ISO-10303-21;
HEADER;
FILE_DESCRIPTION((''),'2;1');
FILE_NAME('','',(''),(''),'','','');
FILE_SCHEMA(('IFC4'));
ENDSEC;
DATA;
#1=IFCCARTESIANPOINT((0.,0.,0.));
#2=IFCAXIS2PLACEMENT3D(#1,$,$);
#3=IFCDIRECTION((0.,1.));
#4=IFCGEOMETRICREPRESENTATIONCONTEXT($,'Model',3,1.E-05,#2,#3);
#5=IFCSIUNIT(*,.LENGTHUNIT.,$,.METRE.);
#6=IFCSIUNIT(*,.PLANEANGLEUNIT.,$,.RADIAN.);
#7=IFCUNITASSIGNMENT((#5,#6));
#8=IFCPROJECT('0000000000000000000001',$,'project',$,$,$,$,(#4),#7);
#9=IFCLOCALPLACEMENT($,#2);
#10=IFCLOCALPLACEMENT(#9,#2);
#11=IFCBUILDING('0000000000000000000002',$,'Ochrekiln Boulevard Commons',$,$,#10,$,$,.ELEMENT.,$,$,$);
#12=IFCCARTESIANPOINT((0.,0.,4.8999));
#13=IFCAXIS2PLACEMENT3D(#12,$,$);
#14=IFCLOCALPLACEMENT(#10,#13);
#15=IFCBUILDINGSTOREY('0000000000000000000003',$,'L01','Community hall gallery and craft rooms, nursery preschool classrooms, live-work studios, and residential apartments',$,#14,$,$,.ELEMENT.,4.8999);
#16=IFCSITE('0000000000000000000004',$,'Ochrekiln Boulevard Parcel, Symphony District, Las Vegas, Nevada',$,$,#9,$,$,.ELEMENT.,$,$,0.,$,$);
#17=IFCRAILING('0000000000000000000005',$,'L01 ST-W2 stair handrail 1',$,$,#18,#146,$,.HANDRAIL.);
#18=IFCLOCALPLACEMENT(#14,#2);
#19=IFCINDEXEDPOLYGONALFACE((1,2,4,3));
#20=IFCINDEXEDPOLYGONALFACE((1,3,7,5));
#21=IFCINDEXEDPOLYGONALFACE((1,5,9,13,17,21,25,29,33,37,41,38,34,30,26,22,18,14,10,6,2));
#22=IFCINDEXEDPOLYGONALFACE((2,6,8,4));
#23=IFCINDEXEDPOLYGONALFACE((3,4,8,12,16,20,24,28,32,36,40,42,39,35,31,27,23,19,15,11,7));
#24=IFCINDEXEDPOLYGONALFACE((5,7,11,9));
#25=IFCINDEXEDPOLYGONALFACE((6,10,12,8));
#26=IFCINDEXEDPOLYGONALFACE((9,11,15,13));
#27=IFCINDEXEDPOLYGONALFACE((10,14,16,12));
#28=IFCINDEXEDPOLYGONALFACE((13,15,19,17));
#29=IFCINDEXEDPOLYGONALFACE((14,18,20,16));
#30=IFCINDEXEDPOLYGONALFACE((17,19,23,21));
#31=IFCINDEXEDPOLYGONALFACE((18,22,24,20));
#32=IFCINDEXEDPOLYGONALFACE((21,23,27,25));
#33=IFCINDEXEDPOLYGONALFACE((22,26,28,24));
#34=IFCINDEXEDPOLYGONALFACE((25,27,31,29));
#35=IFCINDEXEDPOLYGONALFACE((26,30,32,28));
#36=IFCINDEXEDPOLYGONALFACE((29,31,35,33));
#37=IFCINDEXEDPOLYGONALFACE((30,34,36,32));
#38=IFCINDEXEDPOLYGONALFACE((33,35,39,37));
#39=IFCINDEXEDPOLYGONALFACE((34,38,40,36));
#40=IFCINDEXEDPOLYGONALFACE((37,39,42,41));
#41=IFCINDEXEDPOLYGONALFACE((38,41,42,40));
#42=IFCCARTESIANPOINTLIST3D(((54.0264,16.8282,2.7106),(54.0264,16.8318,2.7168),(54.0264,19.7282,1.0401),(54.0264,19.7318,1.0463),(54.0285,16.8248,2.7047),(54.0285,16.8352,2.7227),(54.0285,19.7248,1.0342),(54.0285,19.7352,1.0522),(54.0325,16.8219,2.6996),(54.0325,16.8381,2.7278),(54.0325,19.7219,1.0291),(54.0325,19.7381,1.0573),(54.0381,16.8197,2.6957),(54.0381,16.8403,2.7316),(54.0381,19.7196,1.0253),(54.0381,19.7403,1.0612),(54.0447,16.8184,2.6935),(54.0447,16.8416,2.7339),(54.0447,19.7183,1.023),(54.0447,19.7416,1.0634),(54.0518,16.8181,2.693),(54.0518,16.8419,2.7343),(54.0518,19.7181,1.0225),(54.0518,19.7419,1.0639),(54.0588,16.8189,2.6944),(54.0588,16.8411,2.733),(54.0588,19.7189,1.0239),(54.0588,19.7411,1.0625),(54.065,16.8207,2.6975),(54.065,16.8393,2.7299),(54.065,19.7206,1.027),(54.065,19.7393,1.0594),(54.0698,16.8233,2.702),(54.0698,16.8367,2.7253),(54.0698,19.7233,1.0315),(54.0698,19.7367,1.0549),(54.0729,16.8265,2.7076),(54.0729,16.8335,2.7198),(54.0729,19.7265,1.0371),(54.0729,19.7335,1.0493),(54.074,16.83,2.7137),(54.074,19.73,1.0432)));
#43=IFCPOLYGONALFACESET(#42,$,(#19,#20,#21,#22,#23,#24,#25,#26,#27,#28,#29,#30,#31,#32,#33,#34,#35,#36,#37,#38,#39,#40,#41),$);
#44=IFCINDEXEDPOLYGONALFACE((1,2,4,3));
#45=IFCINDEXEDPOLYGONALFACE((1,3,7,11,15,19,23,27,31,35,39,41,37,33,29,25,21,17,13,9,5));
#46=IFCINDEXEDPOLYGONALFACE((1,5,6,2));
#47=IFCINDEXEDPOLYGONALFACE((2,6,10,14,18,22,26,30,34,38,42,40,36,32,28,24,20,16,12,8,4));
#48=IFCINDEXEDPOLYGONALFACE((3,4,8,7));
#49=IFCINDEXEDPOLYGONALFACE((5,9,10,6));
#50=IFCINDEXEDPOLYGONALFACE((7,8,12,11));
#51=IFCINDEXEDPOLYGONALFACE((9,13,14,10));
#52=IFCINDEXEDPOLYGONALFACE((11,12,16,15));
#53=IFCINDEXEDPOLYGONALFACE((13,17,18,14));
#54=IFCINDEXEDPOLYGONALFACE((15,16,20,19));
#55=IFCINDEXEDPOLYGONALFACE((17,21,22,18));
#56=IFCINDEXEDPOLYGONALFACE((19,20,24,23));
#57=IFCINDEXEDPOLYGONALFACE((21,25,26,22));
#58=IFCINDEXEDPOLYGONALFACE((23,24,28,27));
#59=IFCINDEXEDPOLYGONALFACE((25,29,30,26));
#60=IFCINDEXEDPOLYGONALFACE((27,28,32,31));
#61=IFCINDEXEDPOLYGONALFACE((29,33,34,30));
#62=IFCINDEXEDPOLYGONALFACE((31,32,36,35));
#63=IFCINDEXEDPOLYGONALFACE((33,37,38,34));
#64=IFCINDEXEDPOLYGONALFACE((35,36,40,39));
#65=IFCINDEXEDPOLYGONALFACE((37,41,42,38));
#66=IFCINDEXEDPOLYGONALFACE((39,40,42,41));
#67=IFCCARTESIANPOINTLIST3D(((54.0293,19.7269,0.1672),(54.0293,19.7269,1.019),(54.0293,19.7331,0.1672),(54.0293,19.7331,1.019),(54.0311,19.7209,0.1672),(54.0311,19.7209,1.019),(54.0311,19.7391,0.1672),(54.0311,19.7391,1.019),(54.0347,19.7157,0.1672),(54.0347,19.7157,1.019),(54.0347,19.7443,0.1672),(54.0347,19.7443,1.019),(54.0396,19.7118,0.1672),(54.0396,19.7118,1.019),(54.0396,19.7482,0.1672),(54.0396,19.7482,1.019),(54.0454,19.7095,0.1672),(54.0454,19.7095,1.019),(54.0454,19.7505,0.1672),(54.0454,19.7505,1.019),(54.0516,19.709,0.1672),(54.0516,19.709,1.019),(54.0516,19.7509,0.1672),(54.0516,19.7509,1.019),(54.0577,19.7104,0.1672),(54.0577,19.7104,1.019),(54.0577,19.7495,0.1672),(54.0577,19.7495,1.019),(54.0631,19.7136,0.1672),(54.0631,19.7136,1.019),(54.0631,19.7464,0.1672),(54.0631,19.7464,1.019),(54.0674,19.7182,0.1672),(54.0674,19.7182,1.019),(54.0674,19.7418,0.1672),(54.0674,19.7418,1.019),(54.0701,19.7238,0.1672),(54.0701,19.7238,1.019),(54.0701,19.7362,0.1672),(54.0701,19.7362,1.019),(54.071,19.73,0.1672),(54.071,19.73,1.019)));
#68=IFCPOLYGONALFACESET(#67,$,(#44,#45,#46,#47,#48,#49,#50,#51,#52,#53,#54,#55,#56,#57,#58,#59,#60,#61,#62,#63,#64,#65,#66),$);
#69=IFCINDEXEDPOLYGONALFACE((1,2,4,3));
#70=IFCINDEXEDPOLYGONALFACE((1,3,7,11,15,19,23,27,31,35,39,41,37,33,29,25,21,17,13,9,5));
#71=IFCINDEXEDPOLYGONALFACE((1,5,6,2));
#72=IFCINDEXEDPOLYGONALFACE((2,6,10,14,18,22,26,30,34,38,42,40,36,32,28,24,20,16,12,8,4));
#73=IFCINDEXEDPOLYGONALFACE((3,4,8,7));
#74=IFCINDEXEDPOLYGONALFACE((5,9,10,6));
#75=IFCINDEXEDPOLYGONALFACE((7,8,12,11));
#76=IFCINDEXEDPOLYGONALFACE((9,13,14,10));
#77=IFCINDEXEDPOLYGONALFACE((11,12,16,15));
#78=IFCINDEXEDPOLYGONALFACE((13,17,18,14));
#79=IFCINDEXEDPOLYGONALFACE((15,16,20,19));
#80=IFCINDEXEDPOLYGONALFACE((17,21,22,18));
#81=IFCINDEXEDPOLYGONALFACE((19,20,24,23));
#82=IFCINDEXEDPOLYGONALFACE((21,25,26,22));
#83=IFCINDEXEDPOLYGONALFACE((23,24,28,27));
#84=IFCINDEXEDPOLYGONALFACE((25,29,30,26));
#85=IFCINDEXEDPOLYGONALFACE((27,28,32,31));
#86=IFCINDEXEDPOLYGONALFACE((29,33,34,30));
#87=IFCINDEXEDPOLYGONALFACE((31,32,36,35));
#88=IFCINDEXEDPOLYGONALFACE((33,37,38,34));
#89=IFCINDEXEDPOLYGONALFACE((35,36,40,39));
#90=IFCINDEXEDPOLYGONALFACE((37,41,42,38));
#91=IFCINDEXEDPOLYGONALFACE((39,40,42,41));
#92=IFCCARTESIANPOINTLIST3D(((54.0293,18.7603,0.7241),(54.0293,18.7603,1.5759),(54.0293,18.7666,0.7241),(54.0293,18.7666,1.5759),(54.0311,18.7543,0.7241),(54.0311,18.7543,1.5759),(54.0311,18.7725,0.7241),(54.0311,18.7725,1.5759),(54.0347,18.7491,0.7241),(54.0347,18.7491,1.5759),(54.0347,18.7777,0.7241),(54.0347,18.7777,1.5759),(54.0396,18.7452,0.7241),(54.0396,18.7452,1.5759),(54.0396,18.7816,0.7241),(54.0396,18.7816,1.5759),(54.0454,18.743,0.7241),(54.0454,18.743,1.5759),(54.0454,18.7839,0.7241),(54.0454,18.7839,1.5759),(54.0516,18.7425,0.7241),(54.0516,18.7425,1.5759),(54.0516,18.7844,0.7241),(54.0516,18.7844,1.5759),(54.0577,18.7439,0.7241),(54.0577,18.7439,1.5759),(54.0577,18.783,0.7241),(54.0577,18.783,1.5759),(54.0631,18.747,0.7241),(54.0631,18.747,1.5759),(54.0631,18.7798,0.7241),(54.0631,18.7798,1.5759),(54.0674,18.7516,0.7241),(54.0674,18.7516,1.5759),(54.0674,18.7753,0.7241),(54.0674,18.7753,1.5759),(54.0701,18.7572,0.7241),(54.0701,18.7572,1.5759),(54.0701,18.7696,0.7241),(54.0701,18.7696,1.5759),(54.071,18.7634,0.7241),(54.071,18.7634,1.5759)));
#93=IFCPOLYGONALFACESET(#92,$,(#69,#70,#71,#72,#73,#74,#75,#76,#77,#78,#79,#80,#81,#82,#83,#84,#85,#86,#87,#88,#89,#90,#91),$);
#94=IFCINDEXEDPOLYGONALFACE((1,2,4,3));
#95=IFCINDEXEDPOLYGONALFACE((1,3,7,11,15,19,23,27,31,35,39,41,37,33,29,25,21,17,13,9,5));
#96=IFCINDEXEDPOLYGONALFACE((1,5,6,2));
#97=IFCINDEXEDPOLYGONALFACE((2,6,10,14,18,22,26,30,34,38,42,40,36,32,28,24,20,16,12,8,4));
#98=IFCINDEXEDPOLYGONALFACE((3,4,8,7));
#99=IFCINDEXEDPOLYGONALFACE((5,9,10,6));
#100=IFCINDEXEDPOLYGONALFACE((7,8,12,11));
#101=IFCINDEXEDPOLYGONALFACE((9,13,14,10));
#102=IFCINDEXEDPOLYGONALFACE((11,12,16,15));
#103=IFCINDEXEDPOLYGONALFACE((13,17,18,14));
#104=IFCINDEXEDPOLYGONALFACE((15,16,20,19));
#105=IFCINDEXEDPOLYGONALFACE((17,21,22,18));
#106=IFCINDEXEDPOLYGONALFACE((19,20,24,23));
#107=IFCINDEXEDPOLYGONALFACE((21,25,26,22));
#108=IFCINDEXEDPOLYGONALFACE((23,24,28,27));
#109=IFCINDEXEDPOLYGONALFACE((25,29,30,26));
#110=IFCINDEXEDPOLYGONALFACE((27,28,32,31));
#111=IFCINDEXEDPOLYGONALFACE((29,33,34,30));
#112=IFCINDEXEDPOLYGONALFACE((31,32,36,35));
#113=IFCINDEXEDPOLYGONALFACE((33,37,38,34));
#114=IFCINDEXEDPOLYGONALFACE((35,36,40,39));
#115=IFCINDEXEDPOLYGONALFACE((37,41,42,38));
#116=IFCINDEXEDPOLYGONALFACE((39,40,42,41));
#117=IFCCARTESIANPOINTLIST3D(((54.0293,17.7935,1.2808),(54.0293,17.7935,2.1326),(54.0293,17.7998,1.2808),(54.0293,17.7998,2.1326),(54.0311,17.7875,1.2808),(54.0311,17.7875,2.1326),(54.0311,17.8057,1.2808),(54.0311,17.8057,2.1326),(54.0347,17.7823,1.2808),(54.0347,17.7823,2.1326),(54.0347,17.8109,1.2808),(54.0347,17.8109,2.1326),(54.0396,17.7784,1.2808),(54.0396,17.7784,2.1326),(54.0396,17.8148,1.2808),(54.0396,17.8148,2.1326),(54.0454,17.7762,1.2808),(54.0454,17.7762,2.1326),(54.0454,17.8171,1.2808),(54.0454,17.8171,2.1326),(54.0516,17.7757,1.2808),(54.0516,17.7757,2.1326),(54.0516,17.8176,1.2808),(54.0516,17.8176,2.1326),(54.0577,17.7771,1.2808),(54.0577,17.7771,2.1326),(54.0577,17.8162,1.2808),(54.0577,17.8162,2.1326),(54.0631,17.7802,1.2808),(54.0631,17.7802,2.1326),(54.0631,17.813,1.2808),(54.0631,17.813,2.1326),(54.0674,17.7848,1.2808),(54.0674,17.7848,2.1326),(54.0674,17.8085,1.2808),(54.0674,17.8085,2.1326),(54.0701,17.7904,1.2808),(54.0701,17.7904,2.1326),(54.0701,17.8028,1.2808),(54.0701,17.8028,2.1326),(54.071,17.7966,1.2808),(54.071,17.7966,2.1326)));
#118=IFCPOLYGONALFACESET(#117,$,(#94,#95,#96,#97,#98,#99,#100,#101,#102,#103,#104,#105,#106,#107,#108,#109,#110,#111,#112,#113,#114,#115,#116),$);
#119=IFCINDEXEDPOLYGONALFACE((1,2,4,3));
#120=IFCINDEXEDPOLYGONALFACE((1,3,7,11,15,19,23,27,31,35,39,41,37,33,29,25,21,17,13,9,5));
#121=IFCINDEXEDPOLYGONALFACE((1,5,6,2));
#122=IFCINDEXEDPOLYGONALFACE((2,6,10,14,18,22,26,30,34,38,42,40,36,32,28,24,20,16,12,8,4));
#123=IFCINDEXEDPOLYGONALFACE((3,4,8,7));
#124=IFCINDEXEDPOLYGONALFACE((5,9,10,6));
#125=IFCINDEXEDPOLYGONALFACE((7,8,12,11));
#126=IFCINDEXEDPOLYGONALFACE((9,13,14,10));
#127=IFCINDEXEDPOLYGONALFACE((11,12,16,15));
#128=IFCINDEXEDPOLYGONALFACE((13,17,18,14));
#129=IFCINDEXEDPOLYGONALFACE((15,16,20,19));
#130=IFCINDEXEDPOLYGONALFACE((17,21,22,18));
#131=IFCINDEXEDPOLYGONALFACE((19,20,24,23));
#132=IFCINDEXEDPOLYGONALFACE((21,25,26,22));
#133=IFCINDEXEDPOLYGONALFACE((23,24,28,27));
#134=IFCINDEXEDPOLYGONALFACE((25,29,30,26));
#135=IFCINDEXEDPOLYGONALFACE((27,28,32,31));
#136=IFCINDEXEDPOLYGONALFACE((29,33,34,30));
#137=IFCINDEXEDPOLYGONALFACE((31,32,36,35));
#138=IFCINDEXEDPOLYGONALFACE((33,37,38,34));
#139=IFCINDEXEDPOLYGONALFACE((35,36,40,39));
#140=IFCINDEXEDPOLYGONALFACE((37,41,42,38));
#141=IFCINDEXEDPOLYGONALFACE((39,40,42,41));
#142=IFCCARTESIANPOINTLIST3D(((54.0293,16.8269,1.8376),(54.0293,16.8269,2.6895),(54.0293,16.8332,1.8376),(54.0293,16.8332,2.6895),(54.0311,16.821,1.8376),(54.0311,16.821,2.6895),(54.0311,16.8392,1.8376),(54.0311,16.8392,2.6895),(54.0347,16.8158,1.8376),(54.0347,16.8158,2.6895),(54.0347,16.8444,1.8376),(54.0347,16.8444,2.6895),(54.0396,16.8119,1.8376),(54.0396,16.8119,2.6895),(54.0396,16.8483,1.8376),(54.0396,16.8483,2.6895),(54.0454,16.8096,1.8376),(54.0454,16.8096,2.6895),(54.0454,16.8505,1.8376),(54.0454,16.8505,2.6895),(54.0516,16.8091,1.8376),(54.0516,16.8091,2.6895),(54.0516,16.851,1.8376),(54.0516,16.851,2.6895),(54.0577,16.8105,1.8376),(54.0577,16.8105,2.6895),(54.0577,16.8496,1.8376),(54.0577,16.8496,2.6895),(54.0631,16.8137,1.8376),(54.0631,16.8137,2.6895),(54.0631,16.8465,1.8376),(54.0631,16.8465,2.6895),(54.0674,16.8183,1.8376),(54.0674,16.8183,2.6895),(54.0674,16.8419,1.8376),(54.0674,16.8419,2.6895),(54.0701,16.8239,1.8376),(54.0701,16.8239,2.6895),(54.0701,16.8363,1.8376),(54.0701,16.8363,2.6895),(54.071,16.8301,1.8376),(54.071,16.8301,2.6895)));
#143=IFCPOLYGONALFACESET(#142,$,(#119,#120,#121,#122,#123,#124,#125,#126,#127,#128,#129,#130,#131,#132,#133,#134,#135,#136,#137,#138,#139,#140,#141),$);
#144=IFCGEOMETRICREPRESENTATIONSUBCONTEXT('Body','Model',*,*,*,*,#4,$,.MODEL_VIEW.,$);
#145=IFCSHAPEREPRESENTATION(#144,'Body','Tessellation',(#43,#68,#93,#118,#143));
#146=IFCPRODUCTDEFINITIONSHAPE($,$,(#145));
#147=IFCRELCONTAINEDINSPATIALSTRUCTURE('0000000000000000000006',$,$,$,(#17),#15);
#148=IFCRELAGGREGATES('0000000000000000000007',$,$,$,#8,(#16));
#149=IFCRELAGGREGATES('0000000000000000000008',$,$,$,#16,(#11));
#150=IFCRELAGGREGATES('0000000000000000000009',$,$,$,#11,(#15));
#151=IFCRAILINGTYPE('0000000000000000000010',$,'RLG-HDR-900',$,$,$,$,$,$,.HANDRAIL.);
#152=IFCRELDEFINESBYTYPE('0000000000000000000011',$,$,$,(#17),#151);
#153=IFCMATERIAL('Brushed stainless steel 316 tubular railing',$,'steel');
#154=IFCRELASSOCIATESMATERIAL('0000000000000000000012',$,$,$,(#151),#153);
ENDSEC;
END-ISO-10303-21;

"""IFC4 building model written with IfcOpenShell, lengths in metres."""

from ifc_helpers import new_model, si_unit, direction, frame, origin, origin_2d, place, context, subcontext, project, spatial, circle, extrude, material, type_object, element, save


model = new_model("IFC4")

# Units and contexts
model_context = context("Model", 3, precision=1e-05, world=origin(), true_north=direction((0.0, 1.0)))
body_context = subcontext(model_context, "Body", "Model", "MODEL_VIEW")
ifc_project = project(units=[si_unit("LENGTHUNIT", "METRE"), si_unit("PLANEANGLEUNIT", "RADIAN")], contexts=[model_context])

# Site, building, storey
site_placement = place(None, origin())
site = spatial("IfcSite", under=ifc_project, at=site_placement, Name="Ochrekiln Boulevard Parcel, Symphony District, Las Vegas, Nevada", CompositionType="ELEMENT", RefElevation=0.0)
building_placement = place(site_placement, origin())
building = spatial("IfcBuilding", under=site, at=building_placement, Name="Ochrekiln Boulevard Commons", CompositionType="ELEMENT")
storey_placement = place(building_placement, frame((0.0, 0.0, 4.8999)))
storey = spatial("IfcBuildingStorey", under=building, at=storey_placement, Name="L01", Description="Community hall gallery and craft rooms, nursery preschool classrooms, live-work studios, and residential apartments", CompositionType="ELEMENT", Elevation=4.8999)

# Railing
ifc_material_1 = material(Name="Brushed stainless steel 316 tubular railing", Category="steel")
railing_type_1 = type_object("IfcRailingType", Name="RLG-HDR-900", PredefinedType="HANDRAIL", material=ifc_material_1)
railing_1_placement = place(storey_placement, frame((54.05, 19.73, 0.1672)))
element("IfcRailing", 1, at=railing_1_placement, inside=storey, type_object=railing_type_1, Name="L01 ST-W2 stair handrail 1", PredefinedType="HANDRAIL", context=body_context, shape_type="SweptSolid", body=[
    extrude(circle(Radius=0.0239, at=origin_2d()), frame((0.0, 0.0, 0.876), z_axis=(0.0, -0.866523, 0.499137), x_axis=(1.0, 0.0, 0.0)), (0.0, 0.0, 1.0), 3.3467),
    extrude(circle(Radius=0.021, at=origin_2d()), origin(), (0.0, 0.0, 1.0), 0.8518),
    extrude(circle(Radius=0.021, at=origin_2d()), frame((0.0, -0.9666, 0.5569)), (0.0, 0.0, 1.0), 0.8518),
    extrude(circle(Radius=0.021, at=origin_2d()), frame((0.0, -1.9333, 1.1135)), (0.0, 0.0, 1.0), 0.8518),
    extrude(circle(Radius=0.021, at=origin_2d()), frame((0.0, -2.8999, 1.6704)), (0.0, 0.0, 1.0), 0.8518),
])

save(model, "model.ifc")
